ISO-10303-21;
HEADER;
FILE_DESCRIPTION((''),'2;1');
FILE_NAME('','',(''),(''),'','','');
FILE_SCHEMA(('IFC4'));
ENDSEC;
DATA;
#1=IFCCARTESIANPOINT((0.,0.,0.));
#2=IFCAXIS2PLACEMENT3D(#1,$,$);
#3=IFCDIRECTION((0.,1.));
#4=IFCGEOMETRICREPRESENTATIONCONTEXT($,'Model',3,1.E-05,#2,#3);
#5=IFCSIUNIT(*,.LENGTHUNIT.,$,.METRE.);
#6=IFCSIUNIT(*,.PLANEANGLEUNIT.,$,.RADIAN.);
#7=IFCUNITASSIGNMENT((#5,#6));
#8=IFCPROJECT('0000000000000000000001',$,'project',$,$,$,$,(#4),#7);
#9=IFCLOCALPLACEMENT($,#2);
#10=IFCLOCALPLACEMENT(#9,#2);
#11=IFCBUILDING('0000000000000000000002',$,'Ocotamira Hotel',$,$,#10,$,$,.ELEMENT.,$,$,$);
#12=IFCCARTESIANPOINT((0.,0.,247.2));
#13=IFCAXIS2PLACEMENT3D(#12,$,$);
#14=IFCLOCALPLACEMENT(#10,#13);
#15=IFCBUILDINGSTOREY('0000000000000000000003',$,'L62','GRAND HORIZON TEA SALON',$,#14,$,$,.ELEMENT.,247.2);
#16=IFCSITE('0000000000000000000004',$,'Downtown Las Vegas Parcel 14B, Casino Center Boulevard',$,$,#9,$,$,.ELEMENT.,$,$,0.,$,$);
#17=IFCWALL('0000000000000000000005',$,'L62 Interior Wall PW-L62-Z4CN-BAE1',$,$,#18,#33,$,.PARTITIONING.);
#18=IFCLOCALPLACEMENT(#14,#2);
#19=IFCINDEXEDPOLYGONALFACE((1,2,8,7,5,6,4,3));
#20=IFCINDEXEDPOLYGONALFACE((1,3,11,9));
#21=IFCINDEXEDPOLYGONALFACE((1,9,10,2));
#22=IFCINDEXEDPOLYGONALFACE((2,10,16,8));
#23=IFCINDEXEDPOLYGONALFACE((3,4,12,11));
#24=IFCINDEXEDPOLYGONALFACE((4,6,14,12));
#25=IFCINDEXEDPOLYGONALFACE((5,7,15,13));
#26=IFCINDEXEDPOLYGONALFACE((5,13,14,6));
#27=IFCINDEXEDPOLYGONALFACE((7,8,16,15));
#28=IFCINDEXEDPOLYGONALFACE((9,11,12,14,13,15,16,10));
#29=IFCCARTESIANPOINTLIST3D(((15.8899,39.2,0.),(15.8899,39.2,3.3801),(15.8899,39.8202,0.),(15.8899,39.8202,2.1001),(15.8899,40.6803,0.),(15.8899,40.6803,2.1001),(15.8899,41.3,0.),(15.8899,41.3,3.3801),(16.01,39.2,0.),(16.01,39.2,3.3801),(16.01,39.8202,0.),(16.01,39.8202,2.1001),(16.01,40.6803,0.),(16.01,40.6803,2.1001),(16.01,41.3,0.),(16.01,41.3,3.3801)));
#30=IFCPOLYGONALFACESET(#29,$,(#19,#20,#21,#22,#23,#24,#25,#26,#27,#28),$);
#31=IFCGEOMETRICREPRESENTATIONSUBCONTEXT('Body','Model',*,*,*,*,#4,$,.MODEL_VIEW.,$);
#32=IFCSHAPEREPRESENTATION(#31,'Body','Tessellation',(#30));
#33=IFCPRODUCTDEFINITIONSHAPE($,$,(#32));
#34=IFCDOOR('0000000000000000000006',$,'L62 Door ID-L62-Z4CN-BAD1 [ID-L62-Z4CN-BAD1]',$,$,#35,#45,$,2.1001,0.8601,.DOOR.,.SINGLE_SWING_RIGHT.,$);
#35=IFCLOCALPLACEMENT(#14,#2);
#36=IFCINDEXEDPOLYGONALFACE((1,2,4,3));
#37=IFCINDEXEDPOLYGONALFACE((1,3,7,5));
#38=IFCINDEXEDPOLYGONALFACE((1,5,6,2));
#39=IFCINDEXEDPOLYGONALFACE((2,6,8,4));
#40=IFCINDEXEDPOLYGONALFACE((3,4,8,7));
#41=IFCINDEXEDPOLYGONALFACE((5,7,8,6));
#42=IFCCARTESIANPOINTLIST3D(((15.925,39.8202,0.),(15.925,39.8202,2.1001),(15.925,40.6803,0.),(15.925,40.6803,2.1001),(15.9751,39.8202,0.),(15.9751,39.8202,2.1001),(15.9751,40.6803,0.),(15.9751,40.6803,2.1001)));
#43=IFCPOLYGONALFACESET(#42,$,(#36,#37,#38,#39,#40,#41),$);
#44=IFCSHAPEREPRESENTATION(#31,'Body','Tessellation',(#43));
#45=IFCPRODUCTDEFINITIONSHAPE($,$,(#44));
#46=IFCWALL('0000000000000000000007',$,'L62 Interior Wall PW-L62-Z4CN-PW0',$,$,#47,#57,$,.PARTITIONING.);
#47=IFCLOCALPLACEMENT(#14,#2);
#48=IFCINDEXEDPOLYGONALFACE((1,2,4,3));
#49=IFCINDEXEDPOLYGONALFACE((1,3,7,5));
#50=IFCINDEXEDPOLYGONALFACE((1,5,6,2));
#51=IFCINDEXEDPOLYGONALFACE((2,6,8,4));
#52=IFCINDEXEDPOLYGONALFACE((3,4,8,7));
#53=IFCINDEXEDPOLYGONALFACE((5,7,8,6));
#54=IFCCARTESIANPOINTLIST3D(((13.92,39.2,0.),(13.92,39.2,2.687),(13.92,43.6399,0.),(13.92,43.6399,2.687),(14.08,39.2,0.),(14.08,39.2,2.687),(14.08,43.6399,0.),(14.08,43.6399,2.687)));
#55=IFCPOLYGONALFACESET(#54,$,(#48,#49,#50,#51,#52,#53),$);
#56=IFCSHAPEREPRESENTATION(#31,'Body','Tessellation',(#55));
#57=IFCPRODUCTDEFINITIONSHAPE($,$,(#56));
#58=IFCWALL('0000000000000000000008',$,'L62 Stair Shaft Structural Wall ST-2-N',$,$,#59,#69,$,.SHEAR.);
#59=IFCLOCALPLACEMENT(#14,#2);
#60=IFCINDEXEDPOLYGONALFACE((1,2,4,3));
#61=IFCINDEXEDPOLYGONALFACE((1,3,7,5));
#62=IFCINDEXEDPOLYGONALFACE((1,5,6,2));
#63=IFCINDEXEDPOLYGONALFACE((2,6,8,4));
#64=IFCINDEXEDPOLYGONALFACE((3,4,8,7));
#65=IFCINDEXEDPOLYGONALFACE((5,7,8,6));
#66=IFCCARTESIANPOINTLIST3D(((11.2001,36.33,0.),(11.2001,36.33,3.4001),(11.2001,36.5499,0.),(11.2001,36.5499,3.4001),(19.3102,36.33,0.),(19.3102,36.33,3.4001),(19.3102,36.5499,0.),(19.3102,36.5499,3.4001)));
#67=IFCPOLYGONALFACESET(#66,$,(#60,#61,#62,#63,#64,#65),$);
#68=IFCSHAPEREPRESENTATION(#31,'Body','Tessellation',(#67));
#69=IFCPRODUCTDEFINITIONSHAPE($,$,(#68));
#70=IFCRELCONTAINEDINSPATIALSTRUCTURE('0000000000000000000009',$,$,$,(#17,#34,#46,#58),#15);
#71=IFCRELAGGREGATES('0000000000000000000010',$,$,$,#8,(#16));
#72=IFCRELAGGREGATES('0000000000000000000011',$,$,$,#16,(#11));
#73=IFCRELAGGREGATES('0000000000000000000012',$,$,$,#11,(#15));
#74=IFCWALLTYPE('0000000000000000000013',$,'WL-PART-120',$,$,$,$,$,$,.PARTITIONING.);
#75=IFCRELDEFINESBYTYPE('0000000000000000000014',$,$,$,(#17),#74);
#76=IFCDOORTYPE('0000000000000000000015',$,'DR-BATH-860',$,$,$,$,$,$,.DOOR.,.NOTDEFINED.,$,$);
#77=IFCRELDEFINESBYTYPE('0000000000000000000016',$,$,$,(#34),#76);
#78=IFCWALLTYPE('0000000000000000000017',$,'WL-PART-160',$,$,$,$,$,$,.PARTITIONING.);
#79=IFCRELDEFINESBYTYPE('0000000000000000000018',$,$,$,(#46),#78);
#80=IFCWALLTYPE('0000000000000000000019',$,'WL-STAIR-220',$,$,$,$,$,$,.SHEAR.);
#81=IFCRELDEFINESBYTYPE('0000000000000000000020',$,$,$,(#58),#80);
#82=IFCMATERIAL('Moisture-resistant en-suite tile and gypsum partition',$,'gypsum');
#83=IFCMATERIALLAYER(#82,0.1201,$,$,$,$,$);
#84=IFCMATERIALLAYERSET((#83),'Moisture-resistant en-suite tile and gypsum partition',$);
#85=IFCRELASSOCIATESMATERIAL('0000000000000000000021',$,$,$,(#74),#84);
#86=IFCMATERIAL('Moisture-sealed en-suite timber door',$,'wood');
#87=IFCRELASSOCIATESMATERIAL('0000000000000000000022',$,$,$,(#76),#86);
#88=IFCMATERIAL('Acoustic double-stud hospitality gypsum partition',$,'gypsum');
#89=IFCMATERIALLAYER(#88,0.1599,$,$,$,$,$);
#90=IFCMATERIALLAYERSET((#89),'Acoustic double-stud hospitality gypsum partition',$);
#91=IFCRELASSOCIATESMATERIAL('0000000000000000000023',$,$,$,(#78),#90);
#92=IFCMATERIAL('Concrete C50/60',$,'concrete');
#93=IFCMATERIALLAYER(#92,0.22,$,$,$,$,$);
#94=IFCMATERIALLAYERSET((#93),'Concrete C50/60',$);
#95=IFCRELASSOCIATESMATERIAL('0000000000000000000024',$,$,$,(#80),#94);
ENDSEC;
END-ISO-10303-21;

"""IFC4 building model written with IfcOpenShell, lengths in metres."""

from ifc_helpers import new_model, si_unit, direction, frame, frame_2d, origin, place, context, subcontext, project, spatial, rectangle, extrude, source, transform, mapped, material, layer, layer_set, type_object, element, fill, save


model = new_model("IFC4")

# Units and contexts
model_context = context("Model", 3, precision=1e-05, world=origin(), true_north=direction((0.0, 1.0)))
body_context = subcontext(model_context, "Body", "Model", "MODEL_VIEW")
ifc_project = project(units=[si_unit("LENGTHUNIT", "METRE"), si_unit("PLANEANGLEUNIT", "RADIAN")], contexts=[model_context])

# Site, building, storey
site_placement = place(None, origin())
site = spatial("IfcSite", under=ifc_project, at=site_placement, Name="Downtown Las Vegas Parcel 14B, Casino Center Boulevard", CompositionType="ELEMENT", RefElevation=0.0)
building_placement = place(site_placement, origin())
building = spatial("IfcBuilding", under=site, at=building_placement, Name="Ocotamira Hotel", CompositionType="ELEMENT")
storey_placement = place(building_placement, frame((0.0, 0.0, 247.2)))
storey = spatial("IfcBuildingStorey", under=building, at=storey_placement, Name="L62", Description="GRAND HORIZON TEA SALON", CompositionType="ELEMENT", Elevation=247.2)

# Shared definitions
ifc_material_1 = material(Name="Concrete C50/60", Category="concrete")

# Wall, opening, door
ifc_material_2 = material(Name="Moisture-resistant en-suite tile and gypsum partition", Category="gypsum")
ifc_layer_1 = layer(ifc_material_2, 0.1201)
ifc_layer_set_1 = layer_set([ifc_layer_1], Name="Moisture-resistant en-suite tile and gypsum partition")
wall_type_1 = type_object("IfcWallType", Name="WL-PART-120", PredefinedType="PARTITIONING", material=ifc_layer_set_1)
wall_1_placement = place(storey_placement, frame((15.95, 39.2, 0.0), z_axis=(0.0, 0.0, 1.0), x_axis=(0.0, 1.0, 0.0)))
wall_1 = element("IfcWall", 1, at=wall_1_placement, inside=storey, type_object=wall_type_1, Name="L62 Interior Wall PW-L62-Z4CN-BAE1", PredefinedType="PARTITIONING", context=body_context, shape_type="SweptSolid", body=[
    extrude(rectangle(XDim=2.1001, YDim=0.1201, at=frame_2d((1.05, 0.0))), origin(), (0.0, 0.0, 1.0), 3.3801),
])
opening_1_placement = place(wall_1_placement, frame((0.6201, 0.0, 0.0)))
opening_1 = element("IfcOpeningElement", 2, at=opening_1_placement, cuts=wall_1, PredefinedType="OPENING", context=body_context, shape_type="SweptSolid", body=[
    extrude(rectangle(XDim=0.8601, YDim=2.1001, at=frame_2d((0.4302, 1.05))), frame((0.0, 0.0701, 0.0), z_axis=(0.0, -1.0, 0.0), x_axis=(1.0, 0.0, 0.0)), (0.0, 0.0, 1.0), 0.1401),
])
ifc_material_3 = material(Name="Moisture-sealed en-suite timber door", Category="wood")
door_type_1 = type_object("IfcDoorType", Name="DR-BATH-860", OperationType="NOTDEFINED", PredefinedType="DOOR", material=ifc_material_3)
shared_shape_1 = source(origin(), body_context, "Body", "SweptSolid", [
    extrude(rectangle(XDim=0.8601, YDim=2.1001, at=frame_2d((0.4302, 1.05))), frame((0.0, 0.0249, 0.0), z_axis=(0.0, -1.0, 0.0), x_axis=(1.0, 0.0, 0.0)), (0.0, 0.0, 1.0), 0.05),
])
door_1_placement = place(opening_1_placement, origin())
door_1 = element("IfcDoor", 3, at=door_1_placement, inside=storey, type_object=door_type_1, Name="L62 Door ID-L62-Z4CN-BAD1 [ID-L62-Z4CN-BAD1]", OperationType="SINGLE_SWING_RIGHT", OverallHeight=2.1001, OverallWidth=0.8601, PredefinedType="DOOR", context=body_context, shape_type="MappedRepresentation", body=[
    mapped(shared_shape_1, transform((0.0, 0.0, 0.0), scale=1.0)),
])
fill(opening_1, door_1)

# Walls
ifc_material_4 = material(Name="Acoustic double-stud hospitality gypsum partition", Category="gypsum")
ifc_layer_2 = layer(ifc_material_4, 0.1599)
ifc_layer_set_2 = layer_set([ifc_layer_2], Name="Acoustic double-stud hospitality gypsum partition")
wall_type_2 = type_object("IfcWallType", Name="WL-PART-160", PredefinedType="PARTITIONING", material=ifc_layer_set_2)
wall_2_placement = place(storey_placement, frame((14.0, 39.2, 0.0), z_axis=(0.0, 0.0, 1.0), x_axis=(0.0, 1.0, 0.0)))
element("IfcWall", 4, at=wall_2_placement, inside=storey, type_object=wall_type_2, Name="L62 Interior Wall PW-L62-Z4CN-PW0", PredefinedType="PARTITIONING", context=body_context, shape_type="SweptSolid", body=[
    extrude(rectangle(XDim=4.4399, YDim=0.1599, at=frame_2d((2.22, 0.0))), origin(), (0.0, 0.0, 1.0), 2.687),
])
ifc_layer_3 = layer(ifc_material_1, 0.22)
ifc_layer_set_3 = layer_set([ifc_layer_3], Name="Concrete C50/60")
wall_type_3 = type_object("IfcWallType", Name="WL-STAIR-220", PredefinedType="SHEAR", material=ifc_layer_set_3)
wall_3_placement = place(storey_placement, frame((11.2, 36.4399, 0.0), z_axis=(0.0, 0.0, 1.0), x_axis=(1.0, 0.0, 0.0)))
element("IfcWall", 5, at=wall_3_placement, inside=storey, type_object=wall_type_3, Name="L62 Stair Shaft Structural Wall ST-2-N", PredefinedType="SHEAR", context=body_context, shape_type="SweptSolid", body=[
    extrude(rectangle(XDim=8.1101, YDim=0.22, at=frame_2d((4.0552, 0.0))), origin(), (0.0, 0.0, 1.0), 3.4001),
])

save(model, "model.ifc")
